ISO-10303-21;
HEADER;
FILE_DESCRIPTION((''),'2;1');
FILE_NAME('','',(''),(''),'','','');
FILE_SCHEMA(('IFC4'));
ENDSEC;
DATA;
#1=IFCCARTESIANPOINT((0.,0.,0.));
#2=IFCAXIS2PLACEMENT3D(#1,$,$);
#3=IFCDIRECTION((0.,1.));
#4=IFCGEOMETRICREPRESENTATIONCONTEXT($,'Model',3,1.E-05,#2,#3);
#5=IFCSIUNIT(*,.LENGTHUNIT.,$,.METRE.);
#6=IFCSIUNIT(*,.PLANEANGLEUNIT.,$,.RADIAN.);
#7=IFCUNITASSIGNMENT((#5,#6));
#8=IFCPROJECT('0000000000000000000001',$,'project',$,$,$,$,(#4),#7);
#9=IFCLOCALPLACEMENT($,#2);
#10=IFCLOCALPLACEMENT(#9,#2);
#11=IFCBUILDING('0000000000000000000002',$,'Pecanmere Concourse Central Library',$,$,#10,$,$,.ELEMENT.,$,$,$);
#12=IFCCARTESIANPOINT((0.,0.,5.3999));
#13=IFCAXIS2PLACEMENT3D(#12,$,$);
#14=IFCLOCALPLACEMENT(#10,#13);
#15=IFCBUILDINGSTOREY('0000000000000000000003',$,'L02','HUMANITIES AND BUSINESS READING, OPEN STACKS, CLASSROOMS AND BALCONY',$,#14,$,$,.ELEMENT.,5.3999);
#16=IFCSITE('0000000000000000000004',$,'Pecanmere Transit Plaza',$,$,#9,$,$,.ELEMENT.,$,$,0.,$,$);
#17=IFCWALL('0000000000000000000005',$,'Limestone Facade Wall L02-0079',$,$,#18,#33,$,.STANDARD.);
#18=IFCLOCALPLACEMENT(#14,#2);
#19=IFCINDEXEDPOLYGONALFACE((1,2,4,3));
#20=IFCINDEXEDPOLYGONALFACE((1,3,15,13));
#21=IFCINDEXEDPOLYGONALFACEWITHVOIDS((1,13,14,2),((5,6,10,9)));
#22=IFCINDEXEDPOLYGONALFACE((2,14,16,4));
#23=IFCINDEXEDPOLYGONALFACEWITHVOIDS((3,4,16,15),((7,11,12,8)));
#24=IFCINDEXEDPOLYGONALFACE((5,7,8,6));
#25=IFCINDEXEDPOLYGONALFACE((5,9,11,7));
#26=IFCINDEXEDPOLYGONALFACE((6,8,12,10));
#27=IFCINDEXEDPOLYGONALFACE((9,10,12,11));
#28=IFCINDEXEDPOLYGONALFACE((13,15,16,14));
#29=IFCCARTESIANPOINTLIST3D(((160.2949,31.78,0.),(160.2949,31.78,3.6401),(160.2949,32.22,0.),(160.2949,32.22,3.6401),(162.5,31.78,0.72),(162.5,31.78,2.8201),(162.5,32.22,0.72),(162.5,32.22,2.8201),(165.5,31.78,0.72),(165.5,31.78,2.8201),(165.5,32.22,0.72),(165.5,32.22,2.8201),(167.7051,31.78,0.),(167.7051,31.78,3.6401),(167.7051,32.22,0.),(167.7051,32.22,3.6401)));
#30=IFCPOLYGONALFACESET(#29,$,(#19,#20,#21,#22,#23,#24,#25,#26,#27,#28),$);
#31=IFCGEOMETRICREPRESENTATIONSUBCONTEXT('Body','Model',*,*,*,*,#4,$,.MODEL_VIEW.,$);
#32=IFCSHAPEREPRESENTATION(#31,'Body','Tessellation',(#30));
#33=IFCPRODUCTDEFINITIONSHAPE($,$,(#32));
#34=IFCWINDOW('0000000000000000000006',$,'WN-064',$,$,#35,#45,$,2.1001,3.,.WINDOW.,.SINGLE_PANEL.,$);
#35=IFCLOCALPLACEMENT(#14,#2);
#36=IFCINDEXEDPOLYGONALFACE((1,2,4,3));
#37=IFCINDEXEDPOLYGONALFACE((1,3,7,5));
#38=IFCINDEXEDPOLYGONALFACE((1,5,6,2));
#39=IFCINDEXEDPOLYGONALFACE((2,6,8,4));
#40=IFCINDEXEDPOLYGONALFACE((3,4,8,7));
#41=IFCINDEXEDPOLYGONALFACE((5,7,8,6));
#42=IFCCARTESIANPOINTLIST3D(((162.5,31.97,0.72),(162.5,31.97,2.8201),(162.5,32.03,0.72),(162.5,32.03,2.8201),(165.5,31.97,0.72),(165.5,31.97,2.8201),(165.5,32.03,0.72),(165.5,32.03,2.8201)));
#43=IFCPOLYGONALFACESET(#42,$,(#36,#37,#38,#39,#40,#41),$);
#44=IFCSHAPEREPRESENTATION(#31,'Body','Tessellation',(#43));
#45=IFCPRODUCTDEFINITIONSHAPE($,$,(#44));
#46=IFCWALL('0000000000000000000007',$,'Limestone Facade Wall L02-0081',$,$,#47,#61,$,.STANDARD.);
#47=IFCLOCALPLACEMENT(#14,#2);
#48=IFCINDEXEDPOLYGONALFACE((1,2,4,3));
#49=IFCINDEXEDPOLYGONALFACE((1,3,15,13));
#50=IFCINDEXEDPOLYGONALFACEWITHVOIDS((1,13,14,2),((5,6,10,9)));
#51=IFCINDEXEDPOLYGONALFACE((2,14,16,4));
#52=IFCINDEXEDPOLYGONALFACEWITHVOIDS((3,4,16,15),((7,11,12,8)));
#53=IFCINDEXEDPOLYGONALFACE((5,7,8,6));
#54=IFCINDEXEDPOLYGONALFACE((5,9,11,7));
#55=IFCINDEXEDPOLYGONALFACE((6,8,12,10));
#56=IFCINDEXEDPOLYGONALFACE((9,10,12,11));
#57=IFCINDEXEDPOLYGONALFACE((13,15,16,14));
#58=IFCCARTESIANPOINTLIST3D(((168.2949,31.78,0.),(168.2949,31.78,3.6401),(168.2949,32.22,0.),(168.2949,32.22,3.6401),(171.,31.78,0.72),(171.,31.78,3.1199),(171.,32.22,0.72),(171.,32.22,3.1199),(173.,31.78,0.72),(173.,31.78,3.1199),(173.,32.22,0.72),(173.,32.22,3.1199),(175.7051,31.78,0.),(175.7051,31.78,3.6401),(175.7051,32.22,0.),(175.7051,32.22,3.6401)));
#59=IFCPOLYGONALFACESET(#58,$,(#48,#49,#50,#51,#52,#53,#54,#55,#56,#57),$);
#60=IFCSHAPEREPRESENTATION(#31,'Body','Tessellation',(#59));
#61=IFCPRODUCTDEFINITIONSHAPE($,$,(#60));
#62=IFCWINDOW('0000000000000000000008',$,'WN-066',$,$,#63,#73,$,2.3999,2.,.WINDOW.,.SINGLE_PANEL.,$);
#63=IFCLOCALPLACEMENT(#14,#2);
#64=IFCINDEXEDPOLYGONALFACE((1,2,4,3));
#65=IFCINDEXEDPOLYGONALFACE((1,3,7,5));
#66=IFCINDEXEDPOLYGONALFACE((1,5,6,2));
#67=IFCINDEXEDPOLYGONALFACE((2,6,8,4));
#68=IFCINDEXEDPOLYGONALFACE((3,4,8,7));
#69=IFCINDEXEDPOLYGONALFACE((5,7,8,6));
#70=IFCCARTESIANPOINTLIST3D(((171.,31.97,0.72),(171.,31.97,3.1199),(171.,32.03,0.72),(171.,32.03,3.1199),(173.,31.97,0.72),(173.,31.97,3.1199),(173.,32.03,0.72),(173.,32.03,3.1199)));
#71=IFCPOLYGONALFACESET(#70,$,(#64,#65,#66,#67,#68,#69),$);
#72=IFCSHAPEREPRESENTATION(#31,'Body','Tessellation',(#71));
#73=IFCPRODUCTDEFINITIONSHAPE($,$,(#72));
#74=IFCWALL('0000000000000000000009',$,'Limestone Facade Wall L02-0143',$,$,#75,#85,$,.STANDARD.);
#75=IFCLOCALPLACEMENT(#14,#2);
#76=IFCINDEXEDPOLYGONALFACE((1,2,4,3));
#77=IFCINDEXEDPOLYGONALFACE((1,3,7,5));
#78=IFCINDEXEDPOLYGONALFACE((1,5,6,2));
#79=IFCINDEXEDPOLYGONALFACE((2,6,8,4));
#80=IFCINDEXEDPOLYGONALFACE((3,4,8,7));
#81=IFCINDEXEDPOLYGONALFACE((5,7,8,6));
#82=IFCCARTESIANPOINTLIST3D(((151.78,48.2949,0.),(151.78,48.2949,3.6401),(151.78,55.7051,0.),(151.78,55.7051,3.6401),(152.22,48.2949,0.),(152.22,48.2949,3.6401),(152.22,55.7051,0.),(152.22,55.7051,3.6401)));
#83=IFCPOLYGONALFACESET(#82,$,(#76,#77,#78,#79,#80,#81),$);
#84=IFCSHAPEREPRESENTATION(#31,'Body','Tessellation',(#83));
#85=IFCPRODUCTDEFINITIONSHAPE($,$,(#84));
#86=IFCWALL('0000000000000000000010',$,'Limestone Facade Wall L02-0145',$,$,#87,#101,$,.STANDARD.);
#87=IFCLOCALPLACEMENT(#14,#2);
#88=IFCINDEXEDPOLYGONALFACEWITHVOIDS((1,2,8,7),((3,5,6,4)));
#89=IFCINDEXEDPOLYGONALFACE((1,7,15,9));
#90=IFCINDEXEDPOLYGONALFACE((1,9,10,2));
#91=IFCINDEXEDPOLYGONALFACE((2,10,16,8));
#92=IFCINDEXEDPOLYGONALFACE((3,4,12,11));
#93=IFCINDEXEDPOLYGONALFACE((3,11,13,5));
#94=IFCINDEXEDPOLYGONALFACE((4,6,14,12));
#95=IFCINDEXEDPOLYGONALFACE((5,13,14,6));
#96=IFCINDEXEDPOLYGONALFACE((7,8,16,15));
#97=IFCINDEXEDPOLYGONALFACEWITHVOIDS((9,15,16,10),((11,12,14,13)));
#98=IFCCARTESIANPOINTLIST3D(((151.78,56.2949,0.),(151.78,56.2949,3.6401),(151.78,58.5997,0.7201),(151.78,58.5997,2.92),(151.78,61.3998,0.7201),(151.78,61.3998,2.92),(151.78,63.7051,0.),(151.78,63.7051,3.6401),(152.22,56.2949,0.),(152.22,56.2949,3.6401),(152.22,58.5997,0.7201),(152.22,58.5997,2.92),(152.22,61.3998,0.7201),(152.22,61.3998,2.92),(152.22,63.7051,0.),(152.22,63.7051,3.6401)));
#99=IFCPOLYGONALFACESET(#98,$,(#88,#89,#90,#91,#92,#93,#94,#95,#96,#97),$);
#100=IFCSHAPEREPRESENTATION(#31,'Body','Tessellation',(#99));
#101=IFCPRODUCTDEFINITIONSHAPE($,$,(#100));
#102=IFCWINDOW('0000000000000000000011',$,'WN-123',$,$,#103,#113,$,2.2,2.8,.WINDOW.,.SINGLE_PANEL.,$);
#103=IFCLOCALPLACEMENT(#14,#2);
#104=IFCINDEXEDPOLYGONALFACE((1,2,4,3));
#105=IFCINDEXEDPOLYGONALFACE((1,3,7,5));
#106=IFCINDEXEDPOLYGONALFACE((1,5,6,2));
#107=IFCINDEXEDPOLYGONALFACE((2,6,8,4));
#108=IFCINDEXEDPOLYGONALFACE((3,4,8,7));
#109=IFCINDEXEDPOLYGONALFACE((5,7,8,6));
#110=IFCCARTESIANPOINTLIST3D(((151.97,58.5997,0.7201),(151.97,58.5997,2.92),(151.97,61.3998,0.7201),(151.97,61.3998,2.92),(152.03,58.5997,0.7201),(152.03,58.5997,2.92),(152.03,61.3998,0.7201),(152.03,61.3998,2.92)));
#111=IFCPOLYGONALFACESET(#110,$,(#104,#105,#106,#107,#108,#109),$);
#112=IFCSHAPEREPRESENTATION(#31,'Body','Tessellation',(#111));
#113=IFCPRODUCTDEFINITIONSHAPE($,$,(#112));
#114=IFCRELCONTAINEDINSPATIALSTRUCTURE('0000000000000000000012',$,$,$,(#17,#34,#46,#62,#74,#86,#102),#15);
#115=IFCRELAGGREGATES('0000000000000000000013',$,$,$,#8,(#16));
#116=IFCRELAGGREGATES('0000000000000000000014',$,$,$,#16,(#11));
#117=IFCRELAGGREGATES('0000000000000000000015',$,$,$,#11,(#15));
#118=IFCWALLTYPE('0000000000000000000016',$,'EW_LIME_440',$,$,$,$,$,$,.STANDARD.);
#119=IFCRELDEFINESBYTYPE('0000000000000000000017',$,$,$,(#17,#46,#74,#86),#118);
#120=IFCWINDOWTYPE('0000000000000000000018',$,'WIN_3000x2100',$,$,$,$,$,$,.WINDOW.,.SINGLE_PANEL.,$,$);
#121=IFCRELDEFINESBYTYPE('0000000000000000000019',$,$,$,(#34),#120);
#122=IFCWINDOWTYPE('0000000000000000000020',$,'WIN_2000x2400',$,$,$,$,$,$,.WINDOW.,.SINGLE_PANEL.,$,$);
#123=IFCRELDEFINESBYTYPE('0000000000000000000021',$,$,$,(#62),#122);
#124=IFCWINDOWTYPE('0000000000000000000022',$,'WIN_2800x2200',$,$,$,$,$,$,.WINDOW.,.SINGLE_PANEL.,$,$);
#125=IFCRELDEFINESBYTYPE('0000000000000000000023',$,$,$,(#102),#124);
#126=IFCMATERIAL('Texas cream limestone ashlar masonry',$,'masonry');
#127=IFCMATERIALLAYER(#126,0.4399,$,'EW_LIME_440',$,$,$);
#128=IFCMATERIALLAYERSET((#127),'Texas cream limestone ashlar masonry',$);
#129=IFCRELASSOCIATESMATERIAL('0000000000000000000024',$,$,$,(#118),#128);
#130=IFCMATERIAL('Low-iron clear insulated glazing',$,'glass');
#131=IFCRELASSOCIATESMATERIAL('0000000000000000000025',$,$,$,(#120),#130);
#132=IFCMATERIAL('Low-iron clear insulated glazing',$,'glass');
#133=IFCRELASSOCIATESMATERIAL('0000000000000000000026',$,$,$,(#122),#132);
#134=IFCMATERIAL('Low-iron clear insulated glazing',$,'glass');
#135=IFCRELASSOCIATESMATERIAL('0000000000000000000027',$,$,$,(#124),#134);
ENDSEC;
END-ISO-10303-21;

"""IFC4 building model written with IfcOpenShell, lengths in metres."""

from ifc_helpers import new_model, si_unit, direction, frame, frame_2d, origin, place, context, subcontext, project, spatial, rectangle, extrude, material, layer, layer_set, type_object, element, fill, save


model = new_model("IFC4")

# Units and contexts
model_context = context("Model", 3, precision=1e-05, world=origin(), true_north=direction((0.0, 1.0)))
body_context = subcontext(model_context, "Body", "Model", "MODEL_VIEW")
ifc_project = project(units=[si_unit("LENGTHUNIT", "METRE"), si_unit("PLANEANGLEUNIT", "RADIAN")], contexts=[model_context])

# Site, building, storey
site_placement = place(None, origin())
site = spatial("IfcSite", under=ifc_project, at=site_placement, Name="Pecanmere Transit Plaza", CompositionType="ELEMENT", RefElevation=0.0)
building_placement = place(site_placement, origin())
building = spatial("IfcBuilding", under=site, at=building_placement, Name="Pecanmere Concourse Central Library", CompositionType="ELEMENT")
storey_placement = place(building_placement, frame((0.0, 0.0, 5.3999)))
storey = spatial("IfcBuildingStorey", under=building, at=storey_placement, Name="L02", Description="HUMANITIES AND BUSINESS READING, OPEN STACKS, CLASSROOMS AND BALCONY", CompositionType="ELEMENT", Elevation=5.3999)

# Walls, openings, windows
ifc_material_1 = material(Name="Texas cream limestone ashlar masonry", Category="masonry")
ifc_layer = layer(ifc_material_1, 0.4399, Name="EW_LIME_440")
ifc_layer_set = layer_set([ifc_layer], Name="Texas cream limestone ashlar masonry")
wall_type = type_object("IfcWallType", Name="EW_LIME_440", PredefinedType="STANDARD", material=ifc_layer_set)
wall_1_placement = place(storey_placement, frame((167.7051, 32.0, 0.0), z_axis=(0.0, 0.0, 1.0), x_axis=(-1.0, 0.0, 0.0)))
wall_1 = element("IfcWall", 1, at=wall_1_placement, inside=storey, type_object=wall_type, Name="Limestone Facade Wall L02-0079", PredefinedType="STANDARD", context=body_context, shape_type="SweptSolid", body=[
    extrude(rectangle(XDim=7.4102, YDim=0.4399, at=frame_2d((3.7051, 0.0))), origin(), (0.0, 0.0, 1.0), 3.6401),
])
opening_1_placement = place(wall_1_placement, frame((2.2051, 0.0, 0.72)))
opening_1 = element("IfcOpeningElement", 2, at=opening_1_placement, cuts=wall_1, PredefinedType="OPENING", context=body_context, shape_type="SweptSolid", body=[
    extrude(rectangle(XDim=3.0, YDim=2.1001, at=frame_2d((1.5, 1.05))), frame((0.0, 0.2319, 0.0), z_axis=(0.0, -1.0, 0.0), x_axis=(1.0, 0.0, 0.0)), (0.0, 0.0, 1.0), 0.4639),
])
ifc_material_2 = material(Name="Low-iron clear insulated glazing", Category="glass")
window_type_1 = type_object("IfcWindowType", Name="WIN_3000x2100", PartitioningType="SINGLE_PANEL", PredefinedType="WINDOW", material=ifc_material_2)
window_1_placement = place(opening_1_placement, origin())
window_1 = element("IfcWindow", 3, at=window_1_placement, inside=storey, type_object=window_type_1, Name="WN-064", OverallHeight=2.1001, OverallWidth=3.0, PartitioningType="SINGLE_PANEL", PredefinedType="WINDOW", context=body_context, shape_type="SweptSolid", body=[
    extrude(rectangle(XDim=3.0, YDim=2.1001, at=frame_2d((1.5, 1.05))), frame((0.0, 0.03, 0.0), z_axis=(0.0, -1.0, 0.0), x_axis=(1.0, 0.0, 0.0)), (0.0, 0.0, 1.0), 0.0601),
])
fill(opening_1, window_1)
wall_2_placement = place(storey_placement, frame((175.7051, 32.0, 0.0), z_axis=(0.0, 0.0, 1.0), x_axis=(-1.0, 0.0, 0.0)))
wall_2 = element("IfcWall", 4, at=wall_2_placement, inside=storey, type_object=wall_type, Name="Limestone Facade Wall L02-0081", PredefinedType="STANDARD", context=body_context, shape_type="SweptSolid", body=[
    extrude(rectangle(XDim=7.4102, YDim=0.4399, at=frame_2d((3.7051, 0.0))), origin(), (0.0, 0.0, 1.0), 3.6401),
])
opening_2_placement = place(wall_2_placement, frame((2.7051, 0.0, 0.72)))
opening_2 = element("IfcOpeningElement", 5, at=opening_2_placement, cuts=wall_2, PredefinedType="OPENING", context=body_context, shape_type="SweptSolid", body=[
    extrude(rectangle(XDim=2.0, YDim=2.3999, at=frame_2d((1.0, 1.2))), frame((0.0, 0.2319, 0.0), z_axis=(0.0, -1.0, 0.0), x_axis=(1.0, 0.0, 0.0)), (0.0, 0.0, 1.0), 0.4639),
])
ifc_material_3 = material(Name="Low-iron clear insulated glazing", Category="glass")
window_type_2 = type_object("IfcWindowType", Name="WIN_2000x2400", PartitioningType="SINGLE_PANEL", PredefinedType="WINDOW", material=ifc_material_3)
window_2_placement = place(opening_2_placement, origin())
window_2 = element("IfcWindow", 6, at=window_2_placement, inside=storey, type_object=window_type_2, Name="WN-066", OverallHeight=2.3999, OverallWidth=2.0, PartitioningType="SINGLE_PANEL", PredefinedType="WINDOW", context=body_context, shape_type="SweptSolid", body=[
    extrude(rectangle(XDim=2.0, YDim=2.3999, at=frame_2d((1.0, 1.2))), frame((0.0, 0.03, 0.0), z_axis=(0.0, -1.0, 0.0), x_axis=(1.0, 0.0, 0.0)), (0.0, 0.0, 1.0), 0.0601),
])
fill(opening_2, window_2)

# Wall
wall_3_placement = place(storey_placement, frame((152.0, 48.2949, 0.0), z_axis=(0.0, 0.0, 1.0), x_axis=(0.0, 1.0, 0.0)))
element("IfcWall", 7, at=wall_3_placement, inside=storey, type_object=wall_type, Name="Limestone Facade Wall L02-0143", PredefinedType="STANDARD", context=body_context, shape_type="SweptSolid", body=[
    extrude(rectangle(XDim=7.4102, YDim=0.4399, at=frame_2d((3.7051, 0.0))), origin(), (0.0, 0.0, 1.0), 3.6401),
])

# Wall, opening, window
wall_4_placement = place(storey_placement, frame((152.0, 56.2949, 0.0), z_axis=(0.0, 0.0, 1.0), x_axis=(0.0, 1.0, 0.0)))
wall_4 = element("IfcWall", 8, at=wall_4_placement, inside=storey, type_object=wall_type, Name="Limestone Facade Wall L02-0145", PredefinedType="STANDARD", context=body_context, shape_type="SweptSolid", body=[
    extrude(rectangle(XDim=7.4102, YDim=0.4399, at=frame_2d((3.7051, 0.0))), origin(), (0.0, 0.0, 1.0), 3.6401),
])
opening_3_placement = place(wall_4_placement, frame((2.3049, 0.0, 0.72)))
opening_3 = element("IfcOpeningElement", 9, at=opening_3_placement, cuts=wall_4, PredefinedType="OPENING", context=body_context, shape_type="SweptSolid", body=[
    extrude(rectangle(XDim=2.8, YDim=2.2, at=frame_2d((1.3999, 1.1001))), frame((0.0, 0.2319, 0.0), z_axis=(0.0, -1.0, 0.0), x_axis=(1.0, 0.0, 0.0)), (0.0, 0.0, 1.0), 0.4639),
])
ifc_material_4 = material(Name="Low-iron clear insulated glazing", Category="glass")
window_type_3 = type_object("IfcWindowType", Name="WIN_2800x2200", PartitioningType="SINGLE_PANEL", PredefinedType="WINDOW", material=ifc_material_4)
window_3_placement = place(opening_3_placement, origin())
window_3 = element("IfcWindow", 10, at=window_3_placement, inside=storey, type_object=window_type_3, Name="WN-123", OverallHeight=2.2, OverallWidth=2.8, PartitioningType="SINGLE_PANEL", PredefinedType="WINDOW", context=body_context, shape_type="SweptSolid", body=[
    extrude(rectangle(XDim=2.8, YDim=2.2, at=frame_2d((1.3999, 1.1001))), frame((0.0, 0.03, 0.0), z_axis=(0.0, -1.0, 0.0), x_axis=(1.0, 0.0, 0.0)), (0.0, 0.0, 1.0), 0.0601),
])
fill(opening_3, window_3)

save(model, "model.ifc")
